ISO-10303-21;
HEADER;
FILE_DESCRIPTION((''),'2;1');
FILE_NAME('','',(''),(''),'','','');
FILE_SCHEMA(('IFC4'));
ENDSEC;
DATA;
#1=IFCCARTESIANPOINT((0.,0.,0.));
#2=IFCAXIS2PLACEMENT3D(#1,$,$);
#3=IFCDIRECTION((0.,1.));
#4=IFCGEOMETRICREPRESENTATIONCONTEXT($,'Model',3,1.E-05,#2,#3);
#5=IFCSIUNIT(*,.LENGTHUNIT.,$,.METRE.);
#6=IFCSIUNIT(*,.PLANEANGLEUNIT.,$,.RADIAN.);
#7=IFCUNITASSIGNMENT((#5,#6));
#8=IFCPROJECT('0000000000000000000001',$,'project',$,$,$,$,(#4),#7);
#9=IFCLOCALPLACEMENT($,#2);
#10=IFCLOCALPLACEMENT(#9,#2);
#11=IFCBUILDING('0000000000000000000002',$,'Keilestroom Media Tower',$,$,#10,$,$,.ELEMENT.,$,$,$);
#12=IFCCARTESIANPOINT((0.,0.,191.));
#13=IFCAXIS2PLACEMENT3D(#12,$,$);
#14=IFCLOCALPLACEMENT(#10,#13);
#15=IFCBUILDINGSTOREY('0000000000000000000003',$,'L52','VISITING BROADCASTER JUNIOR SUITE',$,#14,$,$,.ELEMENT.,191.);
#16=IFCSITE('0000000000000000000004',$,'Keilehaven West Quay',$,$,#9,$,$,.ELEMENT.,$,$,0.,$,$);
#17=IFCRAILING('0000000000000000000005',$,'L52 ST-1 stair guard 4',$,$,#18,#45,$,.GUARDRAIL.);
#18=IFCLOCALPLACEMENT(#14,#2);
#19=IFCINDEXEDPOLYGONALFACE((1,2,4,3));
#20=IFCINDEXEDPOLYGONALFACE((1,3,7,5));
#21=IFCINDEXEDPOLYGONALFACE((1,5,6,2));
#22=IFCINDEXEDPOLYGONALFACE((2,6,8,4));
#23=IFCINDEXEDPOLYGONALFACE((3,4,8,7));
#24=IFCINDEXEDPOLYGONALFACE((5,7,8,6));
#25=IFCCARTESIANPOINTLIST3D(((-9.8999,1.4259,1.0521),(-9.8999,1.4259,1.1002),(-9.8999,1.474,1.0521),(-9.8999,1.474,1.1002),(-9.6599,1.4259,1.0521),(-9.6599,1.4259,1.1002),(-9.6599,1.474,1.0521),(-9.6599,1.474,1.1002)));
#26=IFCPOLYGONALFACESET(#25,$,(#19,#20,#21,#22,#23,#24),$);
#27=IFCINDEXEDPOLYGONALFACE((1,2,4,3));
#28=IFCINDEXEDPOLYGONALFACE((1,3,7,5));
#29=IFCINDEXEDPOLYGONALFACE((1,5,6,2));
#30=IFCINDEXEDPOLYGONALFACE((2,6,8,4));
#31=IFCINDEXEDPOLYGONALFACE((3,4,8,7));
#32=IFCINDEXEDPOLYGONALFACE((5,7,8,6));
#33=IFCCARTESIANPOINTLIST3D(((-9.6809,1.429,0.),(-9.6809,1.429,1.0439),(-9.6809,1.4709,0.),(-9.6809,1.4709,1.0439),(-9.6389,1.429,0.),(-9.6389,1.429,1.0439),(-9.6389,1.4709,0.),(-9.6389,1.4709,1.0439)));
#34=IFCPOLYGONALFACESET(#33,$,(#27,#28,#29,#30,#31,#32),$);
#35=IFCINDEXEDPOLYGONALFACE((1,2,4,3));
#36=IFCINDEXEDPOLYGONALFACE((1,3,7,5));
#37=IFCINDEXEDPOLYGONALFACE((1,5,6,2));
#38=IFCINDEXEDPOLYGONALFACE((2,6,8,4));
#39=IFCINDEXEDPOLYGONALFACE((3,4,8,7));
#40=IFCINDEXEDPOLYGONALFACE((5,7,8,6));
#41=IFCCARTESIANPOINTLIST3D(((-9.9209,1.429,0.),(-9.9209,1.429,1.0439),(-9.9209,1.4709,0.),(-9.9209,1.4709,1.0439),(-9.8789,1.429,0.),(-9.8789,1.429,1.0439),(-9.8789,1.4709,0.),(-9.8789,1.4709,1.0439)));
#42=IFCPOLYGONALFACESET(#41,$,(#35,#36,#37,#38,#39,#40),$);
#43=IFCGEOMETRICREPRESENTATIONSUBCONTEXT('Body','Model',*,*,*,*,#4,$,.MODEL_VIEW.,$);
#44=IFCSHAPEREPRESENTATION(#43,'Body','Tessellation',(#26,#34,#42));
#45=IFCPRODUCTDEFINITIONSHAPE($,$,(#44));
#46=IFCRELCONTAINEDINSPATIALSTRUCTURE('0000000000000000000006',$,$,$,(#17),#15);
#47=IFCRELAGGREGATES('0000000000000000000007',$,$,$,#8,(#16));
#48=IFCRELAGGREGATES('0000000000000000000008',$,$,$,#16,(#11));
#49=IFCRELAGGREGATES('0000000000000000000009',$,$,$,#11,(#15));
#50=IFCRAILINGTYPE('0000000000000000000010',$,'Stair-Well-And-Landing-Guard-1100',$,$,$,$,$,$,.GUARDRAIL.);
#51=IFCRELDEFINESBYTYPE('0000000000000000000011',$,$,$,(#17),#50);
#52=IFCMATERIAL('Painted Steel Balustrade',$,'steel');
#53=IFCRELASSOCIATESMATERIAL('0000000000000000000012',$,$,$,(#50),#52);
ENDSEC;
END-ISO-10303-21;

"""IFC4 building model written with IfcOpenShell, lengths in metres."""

from ifc_helpers import new_model, si_unit, direction, frame, origin, origin_2d, place, context, subcontext, project, spatial, rectangle, extrude, material, type_object, element, save


model = new_model("IFC4")

# Units and contexts
model_context = context("Model", 3, precision=1e-05, world=origin(), true_north=direction((0.0, 1.0)))
body_context = subcontext(model_context, "Body", "Model", "MODEL_VIEW")
ifc_project = project(units=[si_unit("LENGTHUNIT", "METRE"), si_unit("PLANEANGLEUNIT", "RADIAN")], contexts=[model_context])

# Site, building, storey
site_placement = place(None, origin())
site = spatial("IfcSite", under=ifc_project, at=site_placement, Name="Keilehaven West Quay", CompositionType="ELEMENT", RefElevation=0.0)
building_placement = place(site_placement, origin())
building = spatial("IfcBuilding", under=site, at=building_placement, Name="Keilestroom Media Tower", CompositionType="ELEMENT")
storey_placement = place(building_placement, frame((0.0, 0.0, 191.0)))
storey = spatial("IfcBuildingStorey", under=building, at=storey_placement, Name="L52", Description="VISITING BROADCASTER JUNIOR SUITE", CompositionType="ELEMENT", Elevation=191.0)

# Railing
ifc_material_1 = material(Name="Painted Steel Balustrade", Category="steel")
railing_type_1 = type_object("IfcRailingType", Name="Stair-Well-And-Landing-Guard-1100", PredefinedType="GUARDRAIL", material=ifc_material_1)
railing_1_placement = place(storey_placement, frame((-9.6599, 1.45, 0.0)))
element("IfcRailing", 1, at=railing_1_placement, inside=storey, type_object=railing_type_1, Name="L52 ST-1 stair guard 4", PredefinedType="GUARDRAIL", context=body_context, shape_type="SweptSolid", body=[
    extrude(rectangle(XDim=0.0481, YDim=0.0481, at=origin_2d()), frame((0.0, 0.0, 1.0762), z_axis=(-1.0, 0.0, 0.0), x_axis=(0.0, -1.0, 0.0)), (0.0, 0.0, 1.0), 0.24),
    extrude(rectangle(XDim=0.042, YDim=0.042, at=origin_2d()), origin(), (0.0, 0.0, 1.0), 1.0439),
    extrude(rectangle(XDim=0.042, YDim=0.042, at=origin_2d()), frame((-0.24, 0.0, 0.0)), (0.0, 0.0, 1.0), 1.0439),
])

save(model, "model.ifc")
